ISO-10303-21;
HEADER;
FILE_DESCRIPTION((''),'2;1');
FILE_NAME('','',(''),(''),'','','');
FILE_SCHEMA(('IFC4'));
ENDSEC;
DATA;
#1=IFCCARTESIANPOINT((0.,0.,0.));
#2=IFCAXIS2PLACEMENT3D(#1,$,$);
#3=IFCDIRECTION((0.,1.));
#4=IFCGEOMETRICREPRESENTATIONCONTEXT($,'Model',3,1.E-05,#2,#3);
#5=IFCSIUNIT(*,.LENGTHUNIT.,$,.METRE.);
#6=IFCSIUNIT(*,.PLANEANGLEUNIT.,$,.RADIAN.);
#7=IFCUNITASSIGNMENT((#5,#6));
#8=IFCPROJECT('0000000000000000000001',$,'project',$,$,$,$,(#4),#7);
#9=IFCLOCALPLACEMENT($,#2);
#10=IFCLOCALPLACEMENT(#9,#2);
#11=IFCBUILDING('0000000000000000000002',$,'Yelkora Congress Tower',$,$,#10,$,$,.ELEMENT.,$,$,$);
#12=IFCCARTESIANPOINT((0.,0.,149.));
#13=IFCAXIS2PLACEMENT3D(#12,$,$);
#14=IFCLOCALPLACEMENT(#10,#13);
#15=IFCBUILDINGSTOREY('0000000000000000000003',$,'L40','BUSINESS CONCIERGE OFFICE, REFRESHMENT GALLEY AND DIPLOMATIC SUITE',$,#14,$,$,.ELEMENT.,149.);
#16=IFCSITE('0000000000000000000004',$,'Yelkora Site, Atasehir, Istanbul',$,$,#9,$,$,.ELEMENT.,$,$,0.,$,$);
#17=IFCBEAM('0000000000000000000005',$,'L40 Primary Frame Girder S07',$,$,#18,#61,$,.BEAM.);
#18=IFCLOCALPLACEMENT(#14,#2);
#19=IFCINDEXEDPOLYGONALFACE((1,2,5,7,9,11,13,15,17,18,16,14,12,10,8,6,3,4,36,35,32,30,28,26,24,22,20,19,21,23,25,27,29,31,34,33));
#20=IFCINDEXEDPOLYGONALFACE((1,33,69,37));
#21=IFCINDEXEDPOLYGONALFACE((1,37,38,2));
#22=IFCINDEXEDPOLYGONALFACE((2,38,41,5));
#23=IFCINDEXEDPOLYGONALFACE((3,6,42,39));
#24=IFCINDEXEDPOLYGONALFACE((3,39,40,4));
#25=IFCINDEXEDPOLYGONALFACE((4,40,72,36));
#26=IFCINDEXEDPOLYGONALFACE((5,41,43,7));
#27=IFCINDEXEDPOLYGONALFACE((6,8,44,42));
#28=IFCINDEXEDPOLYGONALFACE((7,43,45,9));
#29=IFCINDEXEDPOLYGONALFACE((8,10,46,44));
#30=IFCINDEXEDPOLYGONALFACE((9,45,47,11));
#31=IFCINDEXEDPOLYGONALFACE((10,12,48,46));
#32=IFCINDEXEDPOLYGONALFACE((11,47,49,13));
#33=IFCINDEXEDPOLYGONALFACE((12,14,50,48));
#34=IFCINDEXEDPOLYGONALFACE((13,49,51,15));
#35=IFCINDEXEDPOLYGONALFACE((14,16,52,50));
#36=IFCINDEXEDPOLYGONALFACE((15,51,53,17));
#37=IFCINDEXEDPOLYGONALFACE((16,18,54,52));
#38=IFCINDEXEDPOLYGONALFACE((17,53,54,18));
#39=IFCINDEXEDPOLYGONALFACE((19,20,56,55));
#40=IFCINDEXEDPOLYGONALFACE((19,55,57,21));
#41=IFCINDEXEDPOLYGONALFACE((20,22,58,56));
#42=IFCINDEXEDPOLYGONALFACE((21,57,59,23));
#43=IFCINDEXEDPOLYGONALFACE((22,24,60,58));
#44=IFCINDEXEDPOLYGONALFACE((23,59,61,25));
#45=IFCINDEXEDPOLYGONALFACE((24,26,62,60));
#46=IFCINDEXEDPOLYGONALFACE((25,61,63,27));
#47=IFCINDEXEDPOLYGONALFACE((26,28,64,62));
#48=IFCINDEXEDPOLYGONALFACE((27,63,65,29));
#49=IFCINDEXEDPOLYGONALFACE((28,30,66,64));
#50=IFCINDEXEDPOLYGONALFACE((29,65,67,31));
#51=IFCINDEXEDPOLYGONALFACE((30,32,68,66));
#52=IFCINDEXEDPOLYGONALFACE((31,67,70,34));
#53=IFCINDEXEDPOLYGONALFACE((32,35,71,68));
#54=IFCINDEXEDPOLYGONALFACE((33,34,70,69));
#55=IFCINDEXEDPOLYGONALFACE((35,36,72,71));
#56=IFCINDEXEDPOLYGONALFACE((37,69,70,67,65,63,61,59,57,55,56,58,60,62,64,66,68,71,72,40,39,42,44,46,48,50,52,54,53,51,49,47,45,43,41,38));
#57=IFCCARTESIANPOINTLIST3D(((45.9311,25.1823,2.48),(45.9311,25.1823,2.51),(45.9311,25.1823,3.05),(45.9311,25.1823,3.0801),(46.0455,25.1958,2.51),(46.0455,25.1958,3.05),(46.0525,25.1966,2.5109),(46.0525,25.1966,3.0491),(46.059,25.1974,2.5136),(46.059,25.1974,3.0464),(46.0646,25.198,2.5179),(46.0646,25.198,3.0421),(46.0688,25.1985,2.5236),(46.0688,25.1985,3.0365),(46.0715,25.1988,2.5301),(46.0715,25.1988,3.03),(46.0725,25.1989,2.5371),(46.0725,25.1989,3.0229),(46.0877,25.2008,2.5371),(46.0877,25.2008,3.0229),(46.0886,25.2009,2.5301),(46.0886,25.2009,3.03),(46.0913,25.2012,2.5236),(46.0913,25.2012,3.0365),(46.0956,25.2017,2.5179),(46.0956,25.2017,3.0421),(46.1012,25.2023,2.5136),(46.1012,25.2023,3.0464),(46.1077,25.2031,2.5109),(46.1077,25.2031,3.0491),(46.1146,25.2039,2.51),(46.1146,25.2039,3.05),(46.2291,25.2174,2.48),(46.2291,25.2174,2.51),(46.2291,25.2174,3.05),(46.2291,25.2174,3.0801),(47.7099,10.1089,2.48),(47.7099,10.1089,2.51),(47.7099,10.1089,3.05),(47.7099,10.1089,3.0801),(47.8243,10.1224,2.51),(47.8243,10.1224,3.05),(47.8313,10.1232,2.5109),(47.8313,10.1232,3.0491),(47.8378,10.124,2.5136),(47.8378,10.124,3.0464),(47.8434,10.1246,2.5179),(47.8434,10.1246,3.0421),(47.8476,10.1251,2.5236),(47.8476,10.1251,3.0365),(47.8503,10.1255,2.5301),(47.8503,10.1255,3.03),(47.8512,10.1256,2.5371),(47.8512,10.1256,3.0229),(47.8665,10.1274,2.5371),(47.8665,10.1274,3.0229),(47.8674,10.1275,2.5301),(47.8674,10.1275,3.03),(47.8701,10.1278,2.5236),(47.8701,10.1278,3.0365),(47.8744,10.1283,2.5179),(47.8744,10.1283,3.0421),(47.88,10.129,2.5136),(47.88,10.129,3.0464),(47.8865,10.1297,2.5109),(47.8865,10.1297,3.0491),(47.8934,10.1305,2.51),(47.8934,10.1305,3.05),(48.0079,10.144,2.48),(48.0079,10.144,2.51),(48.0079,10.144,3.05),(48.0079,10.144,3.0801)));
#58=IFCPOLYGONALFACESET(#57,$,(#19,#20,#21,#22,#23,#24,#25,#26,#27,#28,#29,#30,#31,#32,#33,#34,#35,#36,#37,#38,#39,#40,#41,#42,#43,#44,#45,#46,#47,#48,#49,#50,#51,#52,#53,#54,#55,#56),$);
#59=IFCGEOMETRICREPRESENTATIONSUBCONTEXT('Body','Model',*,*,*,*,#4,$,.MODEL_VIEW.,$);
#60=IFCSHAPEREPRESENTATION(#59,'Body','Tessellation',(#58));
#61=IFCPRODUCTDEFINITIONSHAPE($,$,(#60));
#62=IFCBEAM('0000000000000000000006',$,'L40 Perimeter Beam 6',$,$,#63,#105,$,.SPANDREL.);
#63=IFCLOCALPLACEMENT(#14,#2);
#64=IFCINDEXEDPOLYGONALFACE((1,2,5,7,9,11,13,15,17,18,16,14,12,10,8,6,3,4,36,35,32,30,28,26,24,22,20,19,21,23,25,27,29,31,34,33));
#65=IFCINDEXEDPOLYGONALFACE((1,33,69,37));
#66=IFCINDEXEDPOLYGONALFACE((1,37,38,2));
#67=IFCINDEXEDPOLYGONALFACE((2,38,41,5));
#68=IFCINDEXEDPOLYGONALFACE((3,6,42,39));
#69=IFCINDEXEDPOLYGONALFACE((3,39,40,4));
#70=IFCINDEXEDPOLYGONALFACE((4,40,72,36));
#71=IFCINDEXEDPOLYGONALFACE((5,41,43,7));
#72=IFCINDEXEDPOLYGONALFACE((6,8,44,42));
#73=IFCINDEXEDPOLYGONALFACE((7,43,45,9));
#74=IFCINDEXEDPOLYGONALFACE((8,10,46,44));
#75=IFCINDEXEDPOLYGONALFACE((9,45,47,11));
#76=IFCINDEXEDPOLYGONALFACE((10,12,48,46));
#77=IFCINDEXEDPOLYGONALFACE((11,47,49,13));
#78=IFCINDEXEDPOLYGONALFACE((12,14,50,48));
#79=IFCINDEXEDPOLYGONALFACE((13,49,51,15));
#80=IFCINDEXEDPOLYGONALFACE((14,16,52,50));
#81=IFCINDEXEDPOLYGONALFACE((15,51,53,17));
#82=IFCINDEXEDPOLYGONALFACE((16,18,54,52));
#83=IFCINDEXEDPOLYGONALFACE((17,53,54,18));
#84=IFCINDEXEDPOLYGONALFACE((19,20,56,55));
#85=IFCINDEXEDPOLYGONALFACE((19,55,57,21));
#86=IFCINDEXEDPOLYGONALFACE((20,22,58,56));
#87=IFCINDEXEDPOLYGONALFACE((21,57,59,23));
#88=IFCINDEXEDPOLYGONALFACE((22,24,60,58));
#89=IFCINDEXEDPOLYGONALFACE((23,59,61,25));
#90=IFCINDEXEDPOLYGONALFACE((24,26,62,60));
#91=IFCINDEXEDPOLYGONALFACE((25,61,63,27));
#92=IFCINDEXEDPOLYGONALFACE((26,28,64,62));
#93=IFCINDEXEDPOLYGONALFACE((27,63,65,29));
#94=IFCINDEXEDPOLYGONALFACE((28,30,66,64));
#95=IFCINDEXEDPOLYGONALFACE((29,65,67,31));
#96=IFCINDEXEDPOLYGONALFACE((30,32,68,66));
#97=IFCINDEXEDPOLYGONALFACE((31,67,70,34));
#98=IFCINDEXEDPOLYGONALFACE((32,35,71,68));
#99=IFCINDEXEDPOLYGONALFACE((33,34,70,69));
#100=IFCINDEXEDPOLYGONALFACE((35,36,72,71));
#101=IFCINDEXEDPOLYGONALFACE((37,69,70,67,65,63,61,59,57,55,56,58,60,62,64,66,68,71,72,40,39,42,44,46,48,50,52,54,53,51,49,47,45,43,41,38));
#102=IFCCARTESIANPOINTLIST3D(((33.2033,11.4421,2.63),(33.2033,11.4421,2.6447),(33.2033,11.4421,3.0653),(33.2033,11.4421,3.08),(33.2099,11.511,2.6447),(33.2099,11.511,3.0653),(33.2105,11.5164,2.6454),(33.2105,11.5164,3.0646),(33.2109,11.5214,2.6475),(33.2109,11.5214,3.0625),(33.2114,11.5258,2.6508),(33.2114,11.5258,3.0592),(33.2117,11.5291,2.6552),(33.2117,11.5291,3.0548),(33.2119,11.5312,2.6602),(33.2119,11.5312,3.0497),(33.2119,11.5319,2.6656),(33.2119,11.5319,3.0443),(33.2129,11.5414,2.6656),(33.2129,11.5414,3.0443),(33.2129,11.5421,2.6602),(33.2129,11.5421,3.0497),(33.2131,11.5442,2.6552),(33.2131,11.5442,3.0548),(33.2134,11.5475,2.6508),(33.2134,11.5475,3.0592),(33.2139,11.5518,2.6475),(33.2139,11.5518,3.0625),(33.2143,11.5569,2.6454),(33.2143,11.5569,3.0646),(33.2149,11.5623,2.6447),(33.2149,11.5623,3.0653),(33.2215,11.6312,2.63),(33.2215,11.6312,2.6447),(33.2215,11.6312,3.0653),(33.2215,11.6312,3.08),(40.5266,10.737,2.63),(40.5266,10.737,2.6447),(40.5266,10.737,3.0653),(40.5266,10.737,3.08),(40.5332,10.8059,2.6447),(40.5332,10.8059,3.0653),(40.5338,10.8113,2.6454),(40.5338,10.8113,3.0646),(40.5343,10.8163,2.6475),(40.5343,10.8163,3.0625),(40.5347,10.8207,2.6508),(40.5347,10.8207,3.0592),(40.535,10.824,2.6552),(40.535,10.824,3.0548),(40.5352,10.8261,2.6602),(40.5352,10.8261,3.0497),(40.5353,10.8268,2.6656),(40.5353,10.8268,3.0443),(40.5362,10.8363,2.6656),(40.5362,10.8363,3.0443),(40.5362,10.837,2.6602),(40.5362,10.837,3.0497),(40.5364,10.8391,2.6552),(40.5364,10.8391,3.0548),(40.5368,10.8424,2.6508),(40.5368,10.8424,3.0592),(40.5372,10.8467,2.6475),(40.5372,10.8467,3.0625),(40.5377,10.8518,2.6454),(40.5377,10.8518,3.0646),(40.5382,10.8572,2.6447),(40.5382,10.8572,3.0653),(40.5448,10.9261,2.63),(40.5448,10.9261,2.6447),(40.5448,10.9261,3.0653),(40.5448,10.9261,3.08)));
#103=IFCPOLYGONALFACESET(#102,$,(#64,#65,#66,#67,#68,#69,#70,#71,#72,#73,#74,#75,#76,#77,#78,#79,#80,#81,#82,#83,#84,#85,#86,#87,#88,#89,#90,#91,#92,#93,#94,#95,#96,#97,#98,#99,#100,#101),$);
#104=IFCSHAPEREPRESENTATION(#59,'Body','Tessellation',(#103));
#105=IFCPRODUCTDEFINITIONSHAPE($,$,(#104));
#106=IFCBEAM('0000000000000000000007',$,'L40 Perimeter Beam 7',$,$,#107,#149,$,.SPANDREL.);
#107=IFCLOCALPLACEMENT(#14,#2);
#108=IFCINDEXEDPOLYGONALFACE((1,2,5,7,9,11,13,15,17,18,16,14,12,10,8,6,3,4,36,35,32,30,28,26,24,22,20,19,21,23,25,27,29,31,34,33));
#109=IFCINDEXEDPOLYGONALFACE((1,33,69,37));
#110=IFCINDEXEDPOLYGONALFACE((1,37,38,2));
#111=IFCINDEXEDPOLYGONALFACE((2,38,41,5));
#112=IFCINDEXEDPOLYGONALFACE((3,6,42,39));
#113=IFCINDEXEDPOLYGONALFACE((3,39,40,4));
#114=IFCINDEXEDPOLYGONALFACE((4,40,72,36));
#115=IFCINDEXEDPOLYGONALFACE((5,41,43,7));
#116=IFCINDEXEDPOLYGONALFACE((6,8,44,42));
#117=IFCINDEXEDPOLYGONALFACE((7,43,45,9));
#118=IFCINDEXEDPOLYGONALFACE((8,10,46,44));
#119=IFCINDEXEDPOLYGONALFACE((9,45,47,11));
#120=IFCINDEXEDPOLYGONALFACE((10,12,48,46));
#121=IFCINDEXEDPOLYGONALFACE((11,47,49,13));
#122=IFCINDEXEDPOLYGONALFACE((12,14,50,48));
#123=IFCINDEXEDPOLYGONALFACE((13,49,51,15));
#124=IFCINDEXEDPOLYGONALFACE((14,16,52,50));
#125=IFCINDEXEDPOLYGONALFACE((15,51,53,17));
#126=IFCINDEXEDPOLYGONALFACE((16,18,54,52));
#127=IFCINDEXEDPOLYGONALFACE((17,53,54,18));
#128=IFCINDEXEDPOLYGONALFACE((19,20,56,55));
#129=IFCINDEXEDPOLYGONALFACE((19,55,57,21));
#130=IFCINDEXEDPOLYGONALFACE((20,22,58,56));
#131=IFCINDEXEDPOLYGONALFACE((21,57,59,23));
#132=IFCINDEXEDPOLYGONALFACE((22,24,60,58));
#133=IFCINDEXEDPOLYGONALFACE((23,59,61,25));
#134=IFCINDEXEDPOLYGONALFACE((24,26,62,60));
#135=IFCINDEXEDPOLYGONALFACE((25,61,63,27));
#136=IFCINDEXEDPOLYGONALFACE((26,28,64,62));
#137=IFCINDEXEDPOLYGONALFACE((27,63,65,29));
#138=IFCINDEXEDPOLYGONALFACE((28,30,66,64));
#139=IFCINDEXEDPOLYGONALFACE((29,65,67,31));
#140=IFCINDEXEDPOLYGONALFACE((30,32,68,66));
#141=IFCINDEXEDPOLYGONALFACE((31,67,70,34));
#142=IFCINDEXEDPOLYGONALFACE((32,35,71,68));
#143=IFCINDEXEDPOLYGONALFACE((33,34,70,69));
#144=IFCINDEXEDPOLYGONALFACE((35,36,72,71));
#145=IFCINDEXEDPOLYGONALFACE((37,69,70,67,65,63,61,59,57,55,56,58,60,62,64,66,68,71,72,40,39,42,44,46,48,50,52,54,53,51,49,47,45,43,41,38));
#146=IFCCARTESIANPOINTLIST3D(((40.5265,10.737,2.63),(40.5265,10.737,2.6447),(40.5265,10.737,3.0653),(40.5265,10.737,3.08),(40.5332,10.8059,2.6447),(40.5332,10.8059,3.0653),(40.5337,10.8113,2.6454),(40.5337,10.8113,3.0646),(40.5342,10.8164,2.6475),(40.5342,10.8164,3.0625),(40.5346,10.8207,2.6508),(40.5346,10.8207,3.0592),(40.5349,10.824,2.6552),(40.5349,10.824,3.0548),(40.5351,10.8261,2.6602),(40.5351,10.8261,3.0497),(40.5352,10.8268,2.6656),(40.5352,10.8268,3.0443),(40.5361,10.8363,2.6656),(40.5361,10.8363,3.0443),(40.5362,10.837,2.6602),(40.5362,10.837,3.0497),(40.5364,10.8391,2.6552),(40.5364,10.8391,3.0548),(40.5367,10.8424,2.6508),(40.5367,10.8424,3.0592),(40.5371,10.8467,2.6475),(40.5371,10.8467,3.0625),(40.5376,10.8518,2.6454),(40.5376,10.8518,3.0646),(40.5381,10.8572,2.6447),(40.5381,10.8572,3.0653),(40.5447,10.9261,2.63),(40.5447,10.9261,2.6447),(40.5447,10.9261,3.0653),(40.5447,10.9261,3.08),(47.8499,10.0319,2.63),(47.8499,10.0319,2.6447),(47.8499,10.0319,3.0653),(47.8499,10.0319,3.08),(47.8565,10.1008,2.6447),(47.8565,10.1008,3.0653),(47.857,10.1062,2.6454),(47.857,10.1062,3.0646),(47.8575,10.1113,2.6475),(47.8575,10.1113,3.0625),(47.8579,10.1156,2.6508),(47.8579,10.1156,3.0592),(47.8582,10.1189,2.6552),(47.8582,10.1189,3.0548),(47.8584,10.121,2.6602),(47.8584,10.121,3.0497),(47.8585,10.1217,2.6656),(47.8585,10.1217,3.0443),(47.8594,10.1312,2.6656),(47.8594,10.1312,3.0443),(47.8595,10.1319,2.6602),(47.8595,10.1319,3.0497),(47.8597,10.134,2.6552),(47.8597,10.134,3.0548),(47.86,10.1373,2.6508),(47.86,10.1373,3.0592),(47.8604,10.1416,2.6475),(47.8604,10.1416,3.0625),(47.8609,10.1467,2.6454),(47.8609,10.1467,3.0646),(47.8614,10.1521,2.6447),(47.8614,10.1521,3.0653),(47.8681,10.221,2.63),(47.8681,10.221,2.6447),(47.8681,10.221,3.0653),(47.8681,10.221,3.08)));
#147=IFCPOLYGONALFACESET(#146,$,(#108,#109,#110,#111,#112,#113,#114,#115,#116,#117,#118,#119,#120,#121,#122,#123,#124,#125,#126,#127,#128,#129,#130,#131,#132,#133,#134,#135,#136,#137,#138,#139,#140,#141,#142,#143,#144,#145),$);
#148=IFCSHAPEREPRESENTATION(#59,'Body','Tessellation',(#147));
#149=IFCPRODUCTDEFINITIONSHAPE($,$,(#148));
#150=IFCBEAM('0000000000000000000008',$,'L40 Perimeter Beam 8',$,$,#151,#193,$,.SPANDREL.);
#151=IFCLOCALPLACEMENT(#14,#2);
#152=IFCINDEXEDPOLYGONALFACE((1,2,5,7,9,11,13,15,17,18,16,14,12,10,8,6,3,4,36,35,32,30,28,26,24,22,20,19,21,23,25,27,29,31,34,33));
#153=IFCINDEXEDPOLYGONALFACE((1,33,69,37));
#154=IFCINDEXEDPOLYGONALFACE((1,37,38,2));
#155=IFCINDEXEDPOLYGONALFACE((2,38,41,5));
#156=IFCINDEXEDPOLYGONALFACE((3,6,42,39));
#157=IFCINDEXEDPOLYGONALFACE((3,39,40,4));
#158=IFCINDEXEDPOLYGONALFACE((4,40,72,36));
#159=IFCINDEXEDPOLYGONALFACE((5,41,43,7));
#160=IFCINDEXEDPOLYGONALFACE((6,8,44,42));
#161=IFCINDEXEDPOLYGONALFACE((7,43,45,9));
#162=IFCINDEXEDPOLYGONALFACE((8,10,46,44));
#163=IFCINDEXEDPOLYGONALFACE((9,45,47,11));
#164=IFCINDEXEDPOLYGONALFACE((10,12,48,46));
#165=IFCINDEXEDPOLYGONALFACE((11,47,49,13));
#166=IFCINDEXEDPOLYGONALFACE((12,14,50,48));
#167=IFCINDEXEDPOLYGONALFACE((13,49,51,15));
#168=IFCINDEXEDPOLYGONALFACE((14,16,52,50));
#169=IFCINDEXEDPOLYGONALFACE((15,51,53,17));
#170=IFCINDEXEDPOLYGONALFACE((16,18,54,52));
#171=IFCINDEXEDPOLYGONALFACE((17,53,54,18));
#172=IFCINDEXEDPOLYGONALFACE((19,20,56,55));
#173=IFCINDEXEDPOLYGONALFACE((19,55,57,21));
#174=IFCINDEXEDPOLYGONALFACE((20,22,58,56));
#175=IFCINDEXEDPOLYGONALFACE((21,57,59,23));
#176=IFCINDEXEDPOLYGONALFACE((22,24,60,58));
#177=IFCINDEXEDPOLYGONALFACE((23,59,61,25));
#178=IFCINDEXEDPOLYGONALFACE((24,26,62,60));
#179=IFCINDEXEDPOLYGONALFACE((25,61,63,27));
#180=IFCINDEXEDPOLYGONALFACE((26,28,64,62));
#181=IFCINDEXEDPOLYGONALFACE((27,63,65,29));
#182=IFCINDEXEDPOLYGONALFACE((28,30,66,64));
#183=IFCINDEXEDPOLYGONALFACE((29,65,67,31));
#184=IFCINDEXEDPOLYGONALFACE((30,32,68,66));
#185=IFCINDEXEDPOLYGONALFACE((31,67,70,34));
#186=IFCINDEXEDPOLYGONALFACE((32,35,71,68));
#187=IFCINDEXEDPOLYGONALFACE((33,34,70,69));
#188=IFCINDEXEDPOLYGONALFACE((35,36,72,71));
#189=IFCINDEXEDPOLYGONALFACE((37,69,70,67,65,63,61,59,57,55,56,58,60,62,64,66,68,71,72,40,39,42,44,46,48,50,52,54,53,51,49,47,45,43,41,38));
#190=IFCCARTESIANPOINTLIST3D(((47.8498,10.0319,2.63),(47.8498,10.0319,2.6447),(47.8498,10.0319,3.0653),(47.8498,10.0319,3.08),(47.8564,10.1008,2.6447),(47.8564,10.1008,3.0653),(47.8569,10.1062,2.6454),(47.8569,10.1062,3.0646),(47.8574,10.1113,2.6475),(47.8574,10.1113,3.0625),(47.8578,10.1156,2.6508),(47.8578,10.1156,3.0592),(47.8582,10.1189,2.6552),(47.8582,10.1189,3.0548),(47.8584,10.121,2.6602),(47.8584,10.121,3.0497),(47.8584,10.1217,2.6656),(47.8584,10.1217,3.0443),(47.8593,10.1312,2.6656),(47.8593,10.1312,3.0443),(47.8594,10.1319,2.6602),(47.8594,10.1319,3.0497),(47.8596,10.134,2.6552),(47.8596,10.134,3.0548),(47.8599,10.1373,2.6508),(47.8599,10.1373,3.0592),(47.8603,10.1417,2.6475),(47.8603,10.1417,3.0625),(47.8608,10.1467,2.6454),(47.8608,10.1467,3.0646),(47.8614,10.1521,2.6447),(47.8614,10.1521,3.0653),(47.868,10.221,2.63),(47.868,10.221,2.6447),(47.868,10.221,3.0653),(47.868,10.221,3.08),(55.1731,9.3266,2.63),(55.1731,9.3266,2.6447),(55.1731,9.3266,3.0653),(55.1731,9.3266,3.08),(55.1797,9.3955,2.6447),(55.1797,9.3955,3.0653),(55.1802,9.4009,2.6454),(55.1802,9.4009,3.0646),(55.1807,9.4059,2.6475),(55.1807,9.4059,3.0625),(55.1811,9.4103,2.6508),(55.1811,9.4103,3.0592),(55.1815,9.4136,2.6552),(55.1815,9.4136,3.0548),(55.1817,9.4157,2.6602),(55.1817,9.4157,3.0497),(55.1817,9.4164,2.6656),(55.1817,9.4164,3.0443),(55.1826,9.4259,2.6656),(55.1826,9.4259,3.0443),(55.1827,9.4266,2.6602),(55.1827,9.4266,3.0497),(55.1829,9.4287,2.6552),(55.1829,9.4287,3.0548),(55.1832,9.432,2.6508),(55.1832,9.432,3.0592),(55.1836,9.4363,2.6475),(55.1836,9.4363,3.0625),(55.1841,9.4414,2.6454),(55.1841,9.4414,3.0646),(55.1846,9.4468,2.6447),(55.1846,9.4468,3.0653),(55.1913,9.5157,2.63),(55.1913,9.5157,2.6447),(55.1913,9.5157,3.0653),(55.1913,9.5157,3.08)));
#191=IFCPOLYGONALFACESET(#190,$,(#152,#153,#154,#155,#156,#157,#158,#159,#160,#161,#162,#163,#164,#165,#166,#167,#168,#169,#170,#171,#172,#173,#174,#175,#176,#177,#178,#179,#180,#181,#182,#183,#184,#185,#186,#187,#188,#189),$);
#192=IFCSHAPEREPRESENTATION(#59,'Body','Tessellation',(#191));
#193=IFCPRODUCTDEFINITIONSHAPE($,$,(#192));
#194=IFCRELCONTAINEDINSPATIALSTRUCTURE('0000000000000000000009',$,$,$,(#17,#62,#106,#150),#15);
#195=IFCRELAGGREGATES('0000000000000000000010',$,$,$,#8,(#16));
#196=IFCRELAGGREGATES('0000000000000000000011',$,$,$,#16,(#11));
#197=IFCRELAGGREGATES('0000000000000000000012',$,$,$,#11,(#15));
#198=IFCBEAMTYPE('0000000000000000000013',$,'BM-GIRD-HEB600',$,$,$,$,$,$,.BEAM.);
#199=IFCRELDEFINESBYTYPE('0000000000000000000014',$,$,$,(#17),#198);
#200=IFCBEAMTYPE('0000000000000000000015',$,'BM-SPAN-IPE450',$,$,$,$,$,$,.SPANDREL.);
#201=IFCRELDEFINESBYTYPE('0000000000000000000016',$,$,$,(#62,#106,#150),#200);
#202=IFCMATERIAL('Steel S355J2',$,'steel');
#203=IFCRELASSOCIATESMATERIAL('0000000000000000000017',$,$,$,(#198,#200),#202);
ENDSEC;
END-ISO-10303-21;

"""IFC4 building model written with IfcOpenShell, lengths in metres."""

from ifc_helpers import new_model, si_unit, direction, frame, origin, origin_2d, place, context, subcontext, project, spatial, i_section, extrude, material, material_profile, profile_set, type_object, element, save


model = new_model("IFC4")

# Units and contexts
model_context = context("Model", 3, precision=1e-05, world=origin(), true_north=direction((0.0, 1.0)))
body_context = subcontext(model_context, "Body", "Model", "MODEL_VIEW")
ifc_project = project(units=[si_unit("LENGTHUNIT", "METRE"), si_unit("PLANEANGLEUNIT", "RADIAN")], contexts=[model_context])

# Site, building, storey
site_placement = place(None, origin())
site = spatial("IfcSite", under=ifc_project, at=site_placement, Name="Yelkora Site, Atasehir, Istanbul", CompositionType="ELEMENT", RefElevation=0.0)
building_placement = place(site_placement, origin())
building = spatial("IfcBuilding", under=site, at=building_placement, Name="Yelkora Congress Tower", CompositionType="ELEMENT")
storey_placement = place(building_placement, frame((0.0, 0.0, 149.0)))
storey = spatial("IfcBuildingStorey", under=building, at=storey_placement, Name="L40", Description="BUSINESS CONCIERGE OFFICE, REFRESHMENT GALLEY AND DIPLOMATIC SUITE", CompositionType="ELEMENT", Elevation=149.0)

# Beams
ifc_material_1 = material(Name="Steel S355J2", Category="steel")
ifc_material_profile_1 = material_profile(ifc_material_1, i_section(OverallWidth=0.3, OverallDepth=0.6001, WebThickness=0.0154, FlangeThickness=0.03, FilletRadius=0.0271, at=origin_2d()), Name="HEB 600")
ifc_profile_set_1 = profile_set([ifc_material_profile_1], Name="Steel S355J2")
beam_type_1 = type_object("IfcBeamType", Name="BM-GIRD-HEB600", PredefinedType="BEAM", material=ifc_profile_set_1)
beam_1_placement = place(storey_placement, frame((47.8589, 10.1265, 2.78), z_axis=(-0.117196, 0.993109, 0.0), x_axis=(-0.993109, -0.117196, 0.0)))
element("IfcBeam", 1, at=beam_1_placement, inside=storey, type_object=beam_type_1, Name="L40 Primary Frame Girder S07", PredefinedType="BEAM", context=body_context, shape_type="SweptSolid", body=[
    extrude(i_section(OverallWidth=0.3, OverallDepth=0.6001, WebThickness=0.0154, FlangeThickness=0.03, FilletRadius=0.0271, at=origin_2d()), origin(), (0.0, 0.0, 1.0), 15.178),
])
ifc_material_profile_2 = material_profile(ifc_material_1, i_section(OverallWidth=0.1899, OverallDepth=0.45, WebThickness=0.0095, FlangeThickness=0.0146, FilletRadius=0.021, at=origin_2d()), Name="IPE 450")
ifc_profile_set_2 = profile_set([ifc_material_profile_2], Name="Steel S355J2")
beam_type_2 = type_object("IfcBeamType", Name="BM-SPAN-IPE450", PredefinedType="SPANDREL", material=ifc_profile_set_2)
for number, where, z_axis, x_axis, name in (
    (2, (33.2124, 11.5366, 2.855), (0.995397, -0.095836, 0.0), (0.095836, 0.995397, 0.0), "L40 Perimeter Beam 6"),
    (3, (40.5356, 10.8315, 2.855), (0.995397, -0.095836, 0.0), (0.095836, 0.995397, 0.0), "L40 Perimeter Beam 7"),
    (4, (47.8589, 10.1265, 2.855), (0.995394, -0.095869, 0.0), (0.095869, 0.995394, 0.0), "L40 Perimeter Beam 8"),
):
    element("IfcBeam", number, at=place(storey_placement, frame(where, z_axis=z_axis, x_axis=x_axis)), inside=storey, type_object=beam_type_2, Name=name, PredefinedType="SPANDREL", context=body_context, shape_type="SweptSolid", body=[
        extrude(i_section(OverallWidth=0.1899, OverallDepth=0.45, WebThickness=0.0095, FlangeThickness=0.0146, FilletRadius=0.021, at=origin_2d()), origin(), (0.0, 0.0, 1.0), 7.3572),
    ])

save(model, "model.ifc")
